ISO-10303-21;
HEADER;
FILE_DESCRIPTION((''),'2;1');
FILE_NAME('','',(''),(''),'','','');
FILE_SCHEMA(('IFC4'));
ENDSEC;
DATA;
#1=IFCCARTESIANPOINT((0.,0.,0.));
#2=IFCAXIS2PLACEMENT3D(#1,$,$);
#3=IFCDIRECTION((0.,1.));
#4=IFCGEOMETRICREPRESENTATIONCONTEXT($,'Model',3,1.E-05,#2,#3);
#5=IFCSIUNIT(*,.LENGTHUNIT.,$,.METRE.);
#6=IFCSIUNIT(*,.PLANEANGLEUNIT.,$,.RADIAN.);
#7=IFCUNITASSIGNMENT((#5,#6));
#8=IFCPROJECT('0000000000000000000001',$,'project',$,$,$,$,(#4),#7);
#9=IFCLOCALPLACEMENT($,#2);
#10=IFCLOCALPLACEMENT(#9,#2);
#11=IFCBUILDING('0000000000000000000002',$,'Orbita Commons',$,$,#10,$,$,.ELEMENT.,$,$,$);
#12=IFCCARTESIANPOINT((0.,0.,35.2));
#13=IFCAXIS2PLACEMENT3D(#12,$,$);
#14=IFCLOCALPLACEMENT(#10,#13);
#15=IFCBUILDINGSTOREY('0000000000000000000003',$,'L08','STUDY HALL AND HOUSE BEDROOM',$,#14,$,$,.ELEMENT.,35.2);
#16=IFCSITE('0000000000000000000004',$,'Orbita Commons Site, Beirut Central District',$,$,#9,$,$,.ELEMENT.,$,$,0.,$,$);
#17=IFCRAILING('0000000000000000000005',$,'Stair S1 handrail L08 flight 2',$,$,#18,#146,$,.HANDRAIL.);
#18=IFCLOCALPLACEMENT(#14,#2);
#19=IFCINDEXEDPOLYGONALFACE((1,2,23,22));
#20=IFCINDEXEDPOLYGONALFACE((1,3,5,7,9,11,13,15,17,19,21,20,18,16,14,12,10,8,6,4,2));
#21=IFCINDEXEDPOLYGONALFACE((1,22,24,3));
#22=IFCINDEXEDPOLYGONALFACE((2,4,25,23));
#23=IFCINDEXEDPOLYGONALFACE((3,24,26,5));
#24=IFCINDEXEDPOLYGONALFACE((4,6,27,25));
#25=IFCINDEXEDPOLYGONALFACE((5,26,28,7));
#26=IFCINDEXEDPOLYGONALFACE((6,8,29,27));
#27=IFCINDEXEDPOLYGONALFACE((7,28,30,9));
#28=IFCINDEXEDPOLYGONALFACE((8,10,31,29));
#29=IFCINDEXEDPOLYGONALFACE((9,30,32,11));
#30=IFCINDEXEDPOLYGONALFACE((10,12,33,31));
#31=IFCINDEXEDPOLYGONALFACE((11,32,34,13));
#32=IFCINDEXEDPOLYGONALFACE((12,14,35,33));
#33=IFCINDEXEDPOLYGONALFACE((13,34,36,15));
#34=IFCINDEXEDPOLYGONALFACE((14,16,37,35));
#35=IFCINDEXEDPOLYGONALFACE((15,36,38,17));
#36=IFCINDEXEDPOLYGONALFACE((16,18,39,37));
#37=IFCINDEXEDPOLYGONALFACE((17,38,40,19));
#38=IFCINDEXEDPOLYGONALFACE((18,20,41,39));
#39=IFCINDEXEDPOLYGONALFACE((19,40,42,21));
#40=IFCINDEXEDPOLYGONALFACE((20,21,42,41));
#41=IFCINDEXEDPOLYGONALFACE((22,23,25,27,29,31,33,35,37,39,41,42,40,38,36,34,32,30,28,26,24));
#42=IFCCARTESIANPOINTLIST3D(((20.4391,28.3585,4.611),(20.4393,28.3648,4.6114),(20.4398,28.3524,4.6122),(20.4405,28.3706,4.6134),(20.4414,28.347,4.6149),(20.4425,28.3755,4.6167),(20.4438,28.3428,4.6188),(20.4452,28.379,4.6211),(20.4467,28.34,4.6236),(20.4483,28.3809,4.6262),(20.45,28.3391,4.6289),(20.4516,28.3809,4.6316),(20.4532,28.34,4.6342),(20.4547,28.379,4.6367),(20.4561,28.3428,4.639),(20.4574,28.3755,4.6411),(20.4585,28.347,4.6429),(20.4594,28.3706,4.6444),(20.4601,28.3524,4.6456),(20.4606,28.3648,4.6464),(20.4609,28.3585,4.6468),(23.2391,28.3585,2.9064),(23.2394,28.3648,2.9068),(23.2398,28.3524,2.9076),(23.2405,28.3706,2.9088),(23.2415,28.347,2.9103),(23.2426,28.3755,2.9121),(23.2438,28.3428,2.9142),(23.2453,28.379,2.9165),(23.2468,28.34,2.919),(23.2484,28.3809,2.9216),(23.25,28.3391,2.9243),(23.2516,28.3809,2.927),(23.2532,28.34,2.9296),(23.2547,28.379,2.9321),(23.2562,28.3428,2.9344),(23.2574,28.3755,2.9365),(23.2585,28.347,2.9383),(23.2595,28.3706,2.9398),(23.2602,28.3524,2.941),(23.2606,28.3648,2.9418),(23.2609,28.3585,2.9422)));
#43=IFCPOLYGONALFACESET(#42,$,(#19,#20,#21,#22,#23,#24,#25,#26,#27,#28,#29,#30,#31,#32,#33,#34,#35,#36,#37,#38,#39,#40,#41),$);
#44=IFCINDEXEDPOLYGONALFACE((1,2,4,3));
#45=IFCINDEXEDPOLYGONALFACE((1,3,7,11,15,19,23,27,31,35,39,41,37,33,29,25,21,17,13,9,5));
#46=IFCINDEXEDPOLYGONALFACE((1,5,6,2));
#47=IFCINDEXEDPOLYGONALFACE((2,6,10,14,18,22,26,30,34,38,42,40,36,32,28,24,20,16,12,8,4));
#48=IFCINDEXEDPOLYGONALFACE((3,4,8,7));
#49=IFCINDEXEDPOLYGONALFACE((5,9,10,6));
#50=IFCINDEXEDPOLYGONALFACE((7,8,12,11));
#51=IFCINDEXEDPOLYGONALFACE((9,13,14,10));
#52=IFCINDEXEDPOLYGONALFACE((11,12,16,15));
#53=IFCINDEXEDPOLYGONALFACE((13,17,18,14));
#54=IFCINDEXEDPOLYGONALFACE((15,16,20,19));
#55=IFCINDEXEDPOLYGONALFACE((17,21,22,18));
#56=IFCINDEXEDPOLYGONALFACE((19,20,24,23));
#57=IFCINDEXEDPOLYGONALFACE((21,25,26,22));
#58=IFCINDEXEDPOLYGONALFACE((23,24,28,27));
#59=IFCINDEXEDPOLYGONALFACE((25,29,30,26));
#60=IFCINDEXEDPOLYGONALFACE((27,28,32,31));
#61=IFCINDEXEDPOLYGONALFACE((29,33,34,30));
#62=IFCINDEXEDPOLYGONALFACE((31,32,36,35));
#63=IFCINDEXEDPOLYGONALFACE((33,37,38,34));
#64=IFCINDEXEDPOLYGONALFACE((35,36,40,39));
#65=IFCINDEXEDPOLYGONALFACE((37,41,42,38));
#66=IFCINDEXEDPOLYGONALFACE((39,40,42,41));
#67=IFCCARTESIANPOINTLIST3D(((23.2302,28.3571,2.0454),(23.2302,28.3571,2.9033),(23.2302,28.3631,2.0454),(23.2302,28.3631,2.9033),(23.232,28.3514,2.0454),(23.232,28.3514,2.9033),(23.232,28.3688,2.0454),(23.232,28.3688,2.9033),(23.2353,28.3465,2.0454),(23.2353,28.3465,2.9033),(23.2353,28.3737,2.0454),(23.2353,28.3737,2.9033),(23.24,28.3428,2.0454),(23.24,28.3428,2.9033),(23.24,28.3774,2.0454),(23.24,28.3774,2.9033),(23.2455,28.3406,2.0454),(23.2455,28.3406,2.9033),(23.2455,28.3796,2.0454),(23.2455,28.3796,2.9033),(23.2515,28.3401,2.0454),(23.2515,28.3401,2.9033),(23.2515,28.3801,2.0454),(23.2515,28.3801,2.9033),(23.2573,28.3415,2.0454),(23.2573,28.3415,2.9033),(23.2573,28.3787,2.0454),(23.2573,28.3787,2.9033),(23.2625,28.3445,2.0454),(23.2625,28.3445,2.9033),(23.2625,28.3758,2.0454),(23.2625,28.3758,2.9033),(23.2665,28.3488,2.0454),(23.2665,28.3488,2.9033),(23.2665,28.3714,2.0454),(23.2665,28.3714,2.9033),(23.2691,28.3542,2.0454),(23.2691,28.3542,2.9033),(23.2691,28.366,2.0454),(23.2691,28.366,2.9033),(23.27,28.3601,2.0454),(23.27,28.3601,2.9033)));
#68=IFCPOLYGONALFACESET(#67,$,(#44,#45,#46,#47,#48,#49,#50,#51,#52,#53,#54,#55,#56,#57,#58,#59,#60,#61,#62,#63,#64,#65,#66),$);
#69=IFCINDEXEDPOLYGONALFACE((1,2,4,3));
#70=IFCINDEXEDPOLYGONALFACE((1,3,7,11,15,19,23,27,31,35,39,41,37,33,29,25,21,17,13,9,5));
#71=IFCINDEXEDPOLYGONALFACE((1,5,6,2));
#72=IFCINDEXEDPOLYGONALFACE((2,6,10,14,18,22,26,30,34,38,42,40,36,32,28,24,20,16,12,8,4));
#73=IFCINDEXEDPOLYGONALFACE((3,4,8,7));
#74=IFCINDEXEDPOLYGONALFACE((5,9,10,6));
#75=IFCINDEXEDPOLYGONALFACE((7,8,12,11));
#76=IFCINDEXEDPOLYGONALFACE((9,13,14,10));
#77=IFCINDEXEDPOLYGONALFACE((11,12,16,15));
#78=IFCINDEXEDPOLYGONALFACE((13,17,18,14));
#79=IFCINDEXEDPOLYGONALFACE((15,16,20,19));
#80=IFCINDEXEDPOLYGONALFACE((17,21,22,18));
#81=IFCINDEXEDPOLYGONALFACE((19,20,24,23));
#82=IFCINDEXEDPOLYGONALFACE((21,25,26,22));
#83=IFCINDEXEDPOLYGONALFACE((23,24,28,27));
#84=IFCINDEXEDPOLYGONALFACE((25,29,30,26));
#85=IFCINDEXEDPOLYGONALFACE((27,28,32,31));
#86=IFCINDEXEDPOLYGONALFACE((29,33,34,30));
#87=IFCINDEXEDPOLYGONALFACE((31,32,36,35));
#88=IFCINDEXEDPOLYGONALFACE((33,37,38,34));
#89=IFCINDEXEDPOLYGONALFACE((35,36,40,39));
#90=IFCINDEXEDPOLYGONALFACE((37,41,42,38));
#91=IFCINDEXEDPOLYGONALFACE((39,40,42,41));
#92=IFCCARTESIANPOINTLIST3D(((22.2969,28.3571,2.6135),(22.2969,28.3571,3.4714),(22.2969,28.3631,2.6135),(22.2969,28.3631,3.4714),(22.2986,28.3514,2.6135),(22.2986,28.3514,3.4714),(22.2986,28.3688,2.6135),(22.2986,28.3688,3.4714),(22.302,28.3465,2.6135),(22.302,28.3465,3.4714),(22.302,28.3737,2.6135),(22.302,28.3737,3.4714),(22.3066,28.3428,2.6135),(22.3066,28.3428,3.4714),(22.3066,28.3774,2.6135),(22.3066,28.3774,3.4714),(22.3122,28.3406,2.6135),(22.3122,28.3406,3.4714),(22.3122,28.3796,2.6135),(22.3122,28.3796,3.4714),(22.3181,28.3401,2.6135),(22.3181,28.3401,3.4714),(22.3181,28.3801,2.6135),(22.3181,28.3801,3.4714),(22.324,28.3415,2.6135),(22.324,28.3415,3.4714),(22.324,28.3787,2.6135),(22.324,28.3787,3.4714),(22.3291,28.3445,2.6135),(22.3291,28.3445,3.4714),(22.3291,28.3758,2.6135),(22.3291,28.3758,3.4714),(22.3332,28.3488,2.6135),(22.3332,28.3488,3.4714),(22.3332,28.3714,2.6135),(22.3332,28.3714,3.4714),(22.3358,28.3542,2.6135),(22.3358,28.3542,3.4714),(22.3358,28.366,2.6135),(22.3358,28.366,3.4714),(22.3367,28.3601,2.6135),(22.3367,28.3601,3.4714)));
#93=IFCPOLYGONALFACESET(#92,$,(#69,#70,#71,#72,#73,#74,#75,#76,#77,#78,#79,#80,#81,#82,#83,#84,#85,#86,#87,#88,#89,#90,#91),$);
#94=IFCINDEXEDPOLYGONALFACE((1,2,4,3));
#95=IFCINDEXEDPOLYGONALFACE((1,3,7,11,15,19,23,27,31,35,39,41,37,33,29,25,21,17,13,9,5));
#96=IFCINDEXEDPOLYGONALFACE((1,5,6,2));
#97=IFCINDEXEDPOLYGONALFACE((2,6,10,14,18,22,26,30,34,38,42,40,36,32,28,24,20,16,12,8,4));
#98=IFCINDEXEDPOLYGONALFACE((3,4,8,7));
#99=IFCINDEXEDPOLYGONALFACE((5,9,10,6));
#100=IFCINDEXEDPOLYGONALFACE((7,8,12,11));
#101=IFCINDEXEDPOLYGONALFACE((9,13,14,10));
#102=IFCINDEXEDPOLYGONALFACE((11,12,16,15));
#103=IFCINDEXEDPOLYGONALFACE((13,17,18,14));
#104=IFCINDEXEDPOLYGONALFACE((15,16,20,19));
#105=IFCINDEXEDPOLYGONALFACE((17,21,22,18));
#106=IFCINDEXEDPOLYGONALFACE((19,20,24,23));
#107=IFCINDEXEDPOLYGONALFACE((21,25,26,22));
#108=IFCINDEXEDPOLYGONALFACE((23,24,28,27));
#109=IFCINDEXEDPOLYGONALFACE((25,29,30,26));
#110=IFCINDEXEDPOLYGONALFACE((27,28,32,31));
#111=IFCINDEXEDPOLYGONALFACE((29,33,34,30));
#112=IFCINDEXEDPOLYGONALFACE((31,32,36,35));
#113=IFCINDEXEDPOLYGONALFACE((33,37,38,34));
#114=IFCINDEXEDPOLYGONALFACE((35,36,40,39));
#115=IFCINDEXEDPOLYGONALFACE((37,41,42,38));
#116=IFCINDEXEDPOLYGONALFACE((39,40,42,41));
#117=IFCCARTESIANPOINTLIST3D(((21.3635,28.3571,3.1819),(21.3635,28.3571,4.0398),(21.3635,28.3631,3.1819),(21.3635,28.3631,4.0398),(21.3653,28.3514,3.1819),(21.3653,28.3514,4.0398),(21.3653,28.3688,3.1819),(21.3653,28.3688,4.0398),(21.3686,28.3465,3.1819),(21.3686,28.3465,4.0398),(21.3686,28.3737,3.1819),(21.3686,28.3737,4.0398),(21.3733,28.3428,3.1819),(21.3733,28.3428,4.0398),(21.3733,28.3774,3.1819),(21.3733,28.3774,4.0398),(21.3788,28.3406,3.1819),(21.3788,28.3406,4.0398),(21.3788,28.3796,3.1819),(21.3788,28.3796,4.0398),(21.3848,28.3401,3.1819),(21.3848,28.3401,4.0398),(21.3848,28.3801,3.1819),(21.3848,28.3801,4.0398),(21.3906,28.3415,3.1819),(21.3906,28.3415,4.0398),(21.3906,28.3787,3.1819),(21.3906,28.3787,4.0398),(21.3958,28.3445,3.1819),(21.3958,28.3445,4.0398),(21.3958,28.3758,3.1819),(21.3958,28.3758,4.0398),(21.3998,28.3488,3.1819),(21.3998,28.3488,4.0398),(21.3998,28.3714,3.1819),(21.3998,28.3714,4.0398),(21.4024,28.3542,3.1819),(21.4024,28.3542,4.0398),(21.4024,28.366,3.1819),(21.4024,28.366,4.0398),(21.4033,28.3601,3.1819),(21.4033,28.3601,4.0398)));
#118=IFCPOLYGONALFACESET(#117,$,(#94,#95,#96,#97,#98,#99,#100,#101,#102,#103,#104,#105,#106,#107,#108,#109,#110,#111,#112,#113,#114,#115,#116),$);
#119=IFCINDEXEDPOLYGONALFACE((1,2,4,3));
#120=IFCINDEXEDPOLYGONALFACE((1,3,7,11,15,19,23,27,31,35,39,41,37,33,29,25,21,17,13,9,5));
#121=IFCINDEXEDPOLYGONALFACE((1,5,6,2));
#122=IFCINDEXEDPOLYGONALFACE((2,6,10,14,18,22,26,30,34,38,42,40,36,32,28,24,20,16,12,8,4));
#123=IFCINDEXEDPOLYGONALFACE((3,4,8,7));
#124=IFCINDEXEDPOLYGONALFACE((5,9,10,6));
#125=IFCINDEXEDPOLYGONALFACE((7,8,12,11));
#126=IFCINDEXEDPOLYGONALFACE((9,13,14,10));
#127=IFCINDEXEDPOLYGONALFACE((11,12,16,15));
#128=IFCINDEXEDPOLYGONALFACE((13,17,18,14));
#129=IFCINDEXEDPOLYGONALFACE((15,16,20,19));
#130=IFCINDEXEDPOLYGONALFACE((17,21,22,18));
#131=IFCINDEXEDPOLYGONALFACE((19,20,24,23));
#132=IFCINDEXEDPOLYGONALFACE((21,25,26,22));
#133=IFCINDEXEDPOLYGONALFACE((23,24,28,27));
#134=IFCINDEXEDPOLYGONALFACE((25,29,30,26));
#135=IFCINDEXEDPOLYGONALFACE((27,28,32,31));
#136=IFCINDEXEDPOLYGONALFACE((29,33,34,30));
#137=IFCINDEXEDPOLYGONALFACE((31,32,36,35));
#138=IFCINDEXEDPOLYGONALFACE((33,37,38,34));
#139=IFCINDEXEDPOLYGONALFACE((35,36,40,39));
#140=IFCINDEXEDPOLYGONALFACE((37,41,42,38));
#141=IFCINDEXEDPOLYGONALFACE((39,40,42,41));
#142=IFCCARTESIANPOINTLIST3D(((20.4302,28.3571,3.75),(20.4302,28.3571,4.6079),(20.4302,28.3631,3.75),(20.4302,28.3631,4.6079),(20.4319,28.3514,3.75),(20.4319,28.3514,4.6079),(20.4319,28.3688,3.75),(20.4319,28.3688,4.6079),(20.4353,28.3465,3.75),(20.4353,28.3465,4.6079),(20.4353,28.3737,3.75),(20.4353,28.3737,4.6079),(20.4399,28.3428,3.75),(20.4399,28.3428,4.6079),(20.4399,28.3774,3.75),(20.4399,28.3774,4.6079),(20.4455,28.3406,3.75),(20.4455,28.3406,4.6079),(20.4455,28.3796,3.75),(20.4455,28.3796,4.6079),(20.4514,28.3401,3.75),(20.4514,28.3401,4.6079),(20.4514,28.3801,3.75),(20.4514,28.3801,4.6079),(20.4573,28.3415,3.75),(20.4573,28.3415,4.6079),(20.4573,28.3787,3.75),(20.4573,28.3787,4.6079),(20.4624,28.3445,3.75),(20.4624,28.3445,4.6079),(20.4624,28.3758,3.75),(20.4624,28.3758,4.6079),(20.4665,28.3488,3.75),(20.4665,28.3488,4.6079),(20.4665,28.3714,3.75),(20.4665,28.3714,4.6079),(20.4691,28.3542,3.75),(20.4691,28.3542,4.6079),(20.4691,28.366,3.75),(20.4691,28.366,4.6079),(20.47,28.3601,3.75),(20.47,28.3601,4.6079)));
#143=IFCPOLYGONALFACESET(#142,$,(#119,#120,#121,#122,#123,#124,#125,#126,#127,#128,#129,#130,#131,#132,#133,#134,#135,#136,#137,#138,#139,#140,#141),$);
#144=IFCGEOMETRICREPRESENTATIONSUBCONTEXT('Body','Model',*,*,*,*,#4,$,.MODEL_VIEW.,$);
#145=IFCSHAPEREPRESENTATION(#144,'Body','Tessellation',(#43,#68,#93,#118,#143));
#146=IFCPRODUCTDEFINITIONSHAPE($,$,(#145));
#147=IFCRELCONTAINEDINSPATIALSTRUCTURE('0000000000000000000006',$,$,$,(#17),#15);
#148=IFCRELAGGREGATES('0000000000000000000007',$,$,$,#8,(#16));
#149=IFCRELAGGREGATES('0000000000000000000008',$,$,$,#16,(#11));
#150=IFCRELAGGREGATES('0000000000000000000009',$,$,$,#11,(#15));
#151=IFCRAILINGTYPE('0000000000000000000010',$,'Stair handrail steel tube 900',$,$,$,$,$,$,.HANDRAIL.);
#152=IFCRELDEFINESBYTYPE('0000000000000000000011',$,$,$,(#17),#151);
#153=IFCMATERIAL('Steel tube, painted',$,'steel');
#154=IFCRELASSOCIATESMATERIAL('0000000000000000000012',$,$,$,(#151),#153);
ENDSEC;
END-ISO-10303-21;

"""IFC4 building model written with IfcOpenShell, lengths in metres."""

from ifc_helpers import new_model, si_unit, direction, frame, origin, origin_2d, place, context, subcontext, project, spatial, circle, extrude, material, type_object, element, save


model = new_model("IFC4")

# Units and contexts
model_context = context("Model", 3, precision=1e-05, world=origin(), true_north=direction((0.0, 1.0)))
body_context = subcontext(model_context, "Body", "Model", "MODEL_VIEW")
ifc_project = project(units=[si_unit("LENGTHUNIT", "METRE"), si_unit("PLANEANGLEUNIT", "RADIAN")], contexts=[model_context])

# Site, building, storey
site_placement = place(None, origin())
site = spatial("IfcSite", under=ifc_project, at=site_placement, Name="Orbita Commons Site, Beirut Central District", CompositionType="ELEMENT", RefElevation=0.0)
building_placement = place(site_placement, origin())
building = spatial("IfcBuilding", under=site, at=building_placement, Name="Orbita Commons", CompositionType="ELEMENT")
storey_placement = place(building_placement, frame((0.0, 0.0, 35.2)))
storey = spatial("IfcBuildingStorey", under=building, at=storey_placement, Name="L08", Description="STUDY HALL AND HOUSE BEDROOM", CompositionType="ELEMENT", Elevation=35.2)

# Railing
ifc_material = material(Name="Steel tube, painted", Category="steel")
railing_type = type_object("IfcRailingType", Name="Stair handrail steel tube 900", PredefinedType="HANDRAIL", material=ifc_material)
for number, where, name in (
    (1, (23.25, 28.3601, 2.0454), "Stair S1 handrail L08 flight 2"),
):
    element("IfcRailing", number, at=place(storey_placement, frame(where)), inside=storey, type_object=railing_type, Name=name, PredefinedType="HANDRAIL", context=body_context, shape_type="SweptSolid", body=[
        extrude(circle(Radius=0.021, at=origin_2d()), frame((0.0, 0.0, 0.8789), z_axis=(-0.85417, 0.0, 0.519994), x_axis=(0.0, -1.0, 0.0)), (0.0, 0.0, 1.0), 3.2781),
        extrude(circle(Radius=0.02, at=origin_2d()), origin(), (0.0, 0.0, 1.0), 0.8579),
        extrude(circle(Radius=0.02, at=origin_2d()), frame((-0.9333, 0.0, 0.5681)), (0.0, 0.0, 1.0), 0.8579),
        extrude(circle(Radius=0.02, at=origin_2d()), frame((-1.8667, 0.0, 1.1365)), (0.0, 0.0, 1.0), 0.8579),
        extrude(circle(Radius=0.02, at=origin_2d()), frame((-2.8, 0.0, 1.7046)), (0.0, 0.0, 1.0), 0.8579),
    ])

save(model, "model.ifc")
